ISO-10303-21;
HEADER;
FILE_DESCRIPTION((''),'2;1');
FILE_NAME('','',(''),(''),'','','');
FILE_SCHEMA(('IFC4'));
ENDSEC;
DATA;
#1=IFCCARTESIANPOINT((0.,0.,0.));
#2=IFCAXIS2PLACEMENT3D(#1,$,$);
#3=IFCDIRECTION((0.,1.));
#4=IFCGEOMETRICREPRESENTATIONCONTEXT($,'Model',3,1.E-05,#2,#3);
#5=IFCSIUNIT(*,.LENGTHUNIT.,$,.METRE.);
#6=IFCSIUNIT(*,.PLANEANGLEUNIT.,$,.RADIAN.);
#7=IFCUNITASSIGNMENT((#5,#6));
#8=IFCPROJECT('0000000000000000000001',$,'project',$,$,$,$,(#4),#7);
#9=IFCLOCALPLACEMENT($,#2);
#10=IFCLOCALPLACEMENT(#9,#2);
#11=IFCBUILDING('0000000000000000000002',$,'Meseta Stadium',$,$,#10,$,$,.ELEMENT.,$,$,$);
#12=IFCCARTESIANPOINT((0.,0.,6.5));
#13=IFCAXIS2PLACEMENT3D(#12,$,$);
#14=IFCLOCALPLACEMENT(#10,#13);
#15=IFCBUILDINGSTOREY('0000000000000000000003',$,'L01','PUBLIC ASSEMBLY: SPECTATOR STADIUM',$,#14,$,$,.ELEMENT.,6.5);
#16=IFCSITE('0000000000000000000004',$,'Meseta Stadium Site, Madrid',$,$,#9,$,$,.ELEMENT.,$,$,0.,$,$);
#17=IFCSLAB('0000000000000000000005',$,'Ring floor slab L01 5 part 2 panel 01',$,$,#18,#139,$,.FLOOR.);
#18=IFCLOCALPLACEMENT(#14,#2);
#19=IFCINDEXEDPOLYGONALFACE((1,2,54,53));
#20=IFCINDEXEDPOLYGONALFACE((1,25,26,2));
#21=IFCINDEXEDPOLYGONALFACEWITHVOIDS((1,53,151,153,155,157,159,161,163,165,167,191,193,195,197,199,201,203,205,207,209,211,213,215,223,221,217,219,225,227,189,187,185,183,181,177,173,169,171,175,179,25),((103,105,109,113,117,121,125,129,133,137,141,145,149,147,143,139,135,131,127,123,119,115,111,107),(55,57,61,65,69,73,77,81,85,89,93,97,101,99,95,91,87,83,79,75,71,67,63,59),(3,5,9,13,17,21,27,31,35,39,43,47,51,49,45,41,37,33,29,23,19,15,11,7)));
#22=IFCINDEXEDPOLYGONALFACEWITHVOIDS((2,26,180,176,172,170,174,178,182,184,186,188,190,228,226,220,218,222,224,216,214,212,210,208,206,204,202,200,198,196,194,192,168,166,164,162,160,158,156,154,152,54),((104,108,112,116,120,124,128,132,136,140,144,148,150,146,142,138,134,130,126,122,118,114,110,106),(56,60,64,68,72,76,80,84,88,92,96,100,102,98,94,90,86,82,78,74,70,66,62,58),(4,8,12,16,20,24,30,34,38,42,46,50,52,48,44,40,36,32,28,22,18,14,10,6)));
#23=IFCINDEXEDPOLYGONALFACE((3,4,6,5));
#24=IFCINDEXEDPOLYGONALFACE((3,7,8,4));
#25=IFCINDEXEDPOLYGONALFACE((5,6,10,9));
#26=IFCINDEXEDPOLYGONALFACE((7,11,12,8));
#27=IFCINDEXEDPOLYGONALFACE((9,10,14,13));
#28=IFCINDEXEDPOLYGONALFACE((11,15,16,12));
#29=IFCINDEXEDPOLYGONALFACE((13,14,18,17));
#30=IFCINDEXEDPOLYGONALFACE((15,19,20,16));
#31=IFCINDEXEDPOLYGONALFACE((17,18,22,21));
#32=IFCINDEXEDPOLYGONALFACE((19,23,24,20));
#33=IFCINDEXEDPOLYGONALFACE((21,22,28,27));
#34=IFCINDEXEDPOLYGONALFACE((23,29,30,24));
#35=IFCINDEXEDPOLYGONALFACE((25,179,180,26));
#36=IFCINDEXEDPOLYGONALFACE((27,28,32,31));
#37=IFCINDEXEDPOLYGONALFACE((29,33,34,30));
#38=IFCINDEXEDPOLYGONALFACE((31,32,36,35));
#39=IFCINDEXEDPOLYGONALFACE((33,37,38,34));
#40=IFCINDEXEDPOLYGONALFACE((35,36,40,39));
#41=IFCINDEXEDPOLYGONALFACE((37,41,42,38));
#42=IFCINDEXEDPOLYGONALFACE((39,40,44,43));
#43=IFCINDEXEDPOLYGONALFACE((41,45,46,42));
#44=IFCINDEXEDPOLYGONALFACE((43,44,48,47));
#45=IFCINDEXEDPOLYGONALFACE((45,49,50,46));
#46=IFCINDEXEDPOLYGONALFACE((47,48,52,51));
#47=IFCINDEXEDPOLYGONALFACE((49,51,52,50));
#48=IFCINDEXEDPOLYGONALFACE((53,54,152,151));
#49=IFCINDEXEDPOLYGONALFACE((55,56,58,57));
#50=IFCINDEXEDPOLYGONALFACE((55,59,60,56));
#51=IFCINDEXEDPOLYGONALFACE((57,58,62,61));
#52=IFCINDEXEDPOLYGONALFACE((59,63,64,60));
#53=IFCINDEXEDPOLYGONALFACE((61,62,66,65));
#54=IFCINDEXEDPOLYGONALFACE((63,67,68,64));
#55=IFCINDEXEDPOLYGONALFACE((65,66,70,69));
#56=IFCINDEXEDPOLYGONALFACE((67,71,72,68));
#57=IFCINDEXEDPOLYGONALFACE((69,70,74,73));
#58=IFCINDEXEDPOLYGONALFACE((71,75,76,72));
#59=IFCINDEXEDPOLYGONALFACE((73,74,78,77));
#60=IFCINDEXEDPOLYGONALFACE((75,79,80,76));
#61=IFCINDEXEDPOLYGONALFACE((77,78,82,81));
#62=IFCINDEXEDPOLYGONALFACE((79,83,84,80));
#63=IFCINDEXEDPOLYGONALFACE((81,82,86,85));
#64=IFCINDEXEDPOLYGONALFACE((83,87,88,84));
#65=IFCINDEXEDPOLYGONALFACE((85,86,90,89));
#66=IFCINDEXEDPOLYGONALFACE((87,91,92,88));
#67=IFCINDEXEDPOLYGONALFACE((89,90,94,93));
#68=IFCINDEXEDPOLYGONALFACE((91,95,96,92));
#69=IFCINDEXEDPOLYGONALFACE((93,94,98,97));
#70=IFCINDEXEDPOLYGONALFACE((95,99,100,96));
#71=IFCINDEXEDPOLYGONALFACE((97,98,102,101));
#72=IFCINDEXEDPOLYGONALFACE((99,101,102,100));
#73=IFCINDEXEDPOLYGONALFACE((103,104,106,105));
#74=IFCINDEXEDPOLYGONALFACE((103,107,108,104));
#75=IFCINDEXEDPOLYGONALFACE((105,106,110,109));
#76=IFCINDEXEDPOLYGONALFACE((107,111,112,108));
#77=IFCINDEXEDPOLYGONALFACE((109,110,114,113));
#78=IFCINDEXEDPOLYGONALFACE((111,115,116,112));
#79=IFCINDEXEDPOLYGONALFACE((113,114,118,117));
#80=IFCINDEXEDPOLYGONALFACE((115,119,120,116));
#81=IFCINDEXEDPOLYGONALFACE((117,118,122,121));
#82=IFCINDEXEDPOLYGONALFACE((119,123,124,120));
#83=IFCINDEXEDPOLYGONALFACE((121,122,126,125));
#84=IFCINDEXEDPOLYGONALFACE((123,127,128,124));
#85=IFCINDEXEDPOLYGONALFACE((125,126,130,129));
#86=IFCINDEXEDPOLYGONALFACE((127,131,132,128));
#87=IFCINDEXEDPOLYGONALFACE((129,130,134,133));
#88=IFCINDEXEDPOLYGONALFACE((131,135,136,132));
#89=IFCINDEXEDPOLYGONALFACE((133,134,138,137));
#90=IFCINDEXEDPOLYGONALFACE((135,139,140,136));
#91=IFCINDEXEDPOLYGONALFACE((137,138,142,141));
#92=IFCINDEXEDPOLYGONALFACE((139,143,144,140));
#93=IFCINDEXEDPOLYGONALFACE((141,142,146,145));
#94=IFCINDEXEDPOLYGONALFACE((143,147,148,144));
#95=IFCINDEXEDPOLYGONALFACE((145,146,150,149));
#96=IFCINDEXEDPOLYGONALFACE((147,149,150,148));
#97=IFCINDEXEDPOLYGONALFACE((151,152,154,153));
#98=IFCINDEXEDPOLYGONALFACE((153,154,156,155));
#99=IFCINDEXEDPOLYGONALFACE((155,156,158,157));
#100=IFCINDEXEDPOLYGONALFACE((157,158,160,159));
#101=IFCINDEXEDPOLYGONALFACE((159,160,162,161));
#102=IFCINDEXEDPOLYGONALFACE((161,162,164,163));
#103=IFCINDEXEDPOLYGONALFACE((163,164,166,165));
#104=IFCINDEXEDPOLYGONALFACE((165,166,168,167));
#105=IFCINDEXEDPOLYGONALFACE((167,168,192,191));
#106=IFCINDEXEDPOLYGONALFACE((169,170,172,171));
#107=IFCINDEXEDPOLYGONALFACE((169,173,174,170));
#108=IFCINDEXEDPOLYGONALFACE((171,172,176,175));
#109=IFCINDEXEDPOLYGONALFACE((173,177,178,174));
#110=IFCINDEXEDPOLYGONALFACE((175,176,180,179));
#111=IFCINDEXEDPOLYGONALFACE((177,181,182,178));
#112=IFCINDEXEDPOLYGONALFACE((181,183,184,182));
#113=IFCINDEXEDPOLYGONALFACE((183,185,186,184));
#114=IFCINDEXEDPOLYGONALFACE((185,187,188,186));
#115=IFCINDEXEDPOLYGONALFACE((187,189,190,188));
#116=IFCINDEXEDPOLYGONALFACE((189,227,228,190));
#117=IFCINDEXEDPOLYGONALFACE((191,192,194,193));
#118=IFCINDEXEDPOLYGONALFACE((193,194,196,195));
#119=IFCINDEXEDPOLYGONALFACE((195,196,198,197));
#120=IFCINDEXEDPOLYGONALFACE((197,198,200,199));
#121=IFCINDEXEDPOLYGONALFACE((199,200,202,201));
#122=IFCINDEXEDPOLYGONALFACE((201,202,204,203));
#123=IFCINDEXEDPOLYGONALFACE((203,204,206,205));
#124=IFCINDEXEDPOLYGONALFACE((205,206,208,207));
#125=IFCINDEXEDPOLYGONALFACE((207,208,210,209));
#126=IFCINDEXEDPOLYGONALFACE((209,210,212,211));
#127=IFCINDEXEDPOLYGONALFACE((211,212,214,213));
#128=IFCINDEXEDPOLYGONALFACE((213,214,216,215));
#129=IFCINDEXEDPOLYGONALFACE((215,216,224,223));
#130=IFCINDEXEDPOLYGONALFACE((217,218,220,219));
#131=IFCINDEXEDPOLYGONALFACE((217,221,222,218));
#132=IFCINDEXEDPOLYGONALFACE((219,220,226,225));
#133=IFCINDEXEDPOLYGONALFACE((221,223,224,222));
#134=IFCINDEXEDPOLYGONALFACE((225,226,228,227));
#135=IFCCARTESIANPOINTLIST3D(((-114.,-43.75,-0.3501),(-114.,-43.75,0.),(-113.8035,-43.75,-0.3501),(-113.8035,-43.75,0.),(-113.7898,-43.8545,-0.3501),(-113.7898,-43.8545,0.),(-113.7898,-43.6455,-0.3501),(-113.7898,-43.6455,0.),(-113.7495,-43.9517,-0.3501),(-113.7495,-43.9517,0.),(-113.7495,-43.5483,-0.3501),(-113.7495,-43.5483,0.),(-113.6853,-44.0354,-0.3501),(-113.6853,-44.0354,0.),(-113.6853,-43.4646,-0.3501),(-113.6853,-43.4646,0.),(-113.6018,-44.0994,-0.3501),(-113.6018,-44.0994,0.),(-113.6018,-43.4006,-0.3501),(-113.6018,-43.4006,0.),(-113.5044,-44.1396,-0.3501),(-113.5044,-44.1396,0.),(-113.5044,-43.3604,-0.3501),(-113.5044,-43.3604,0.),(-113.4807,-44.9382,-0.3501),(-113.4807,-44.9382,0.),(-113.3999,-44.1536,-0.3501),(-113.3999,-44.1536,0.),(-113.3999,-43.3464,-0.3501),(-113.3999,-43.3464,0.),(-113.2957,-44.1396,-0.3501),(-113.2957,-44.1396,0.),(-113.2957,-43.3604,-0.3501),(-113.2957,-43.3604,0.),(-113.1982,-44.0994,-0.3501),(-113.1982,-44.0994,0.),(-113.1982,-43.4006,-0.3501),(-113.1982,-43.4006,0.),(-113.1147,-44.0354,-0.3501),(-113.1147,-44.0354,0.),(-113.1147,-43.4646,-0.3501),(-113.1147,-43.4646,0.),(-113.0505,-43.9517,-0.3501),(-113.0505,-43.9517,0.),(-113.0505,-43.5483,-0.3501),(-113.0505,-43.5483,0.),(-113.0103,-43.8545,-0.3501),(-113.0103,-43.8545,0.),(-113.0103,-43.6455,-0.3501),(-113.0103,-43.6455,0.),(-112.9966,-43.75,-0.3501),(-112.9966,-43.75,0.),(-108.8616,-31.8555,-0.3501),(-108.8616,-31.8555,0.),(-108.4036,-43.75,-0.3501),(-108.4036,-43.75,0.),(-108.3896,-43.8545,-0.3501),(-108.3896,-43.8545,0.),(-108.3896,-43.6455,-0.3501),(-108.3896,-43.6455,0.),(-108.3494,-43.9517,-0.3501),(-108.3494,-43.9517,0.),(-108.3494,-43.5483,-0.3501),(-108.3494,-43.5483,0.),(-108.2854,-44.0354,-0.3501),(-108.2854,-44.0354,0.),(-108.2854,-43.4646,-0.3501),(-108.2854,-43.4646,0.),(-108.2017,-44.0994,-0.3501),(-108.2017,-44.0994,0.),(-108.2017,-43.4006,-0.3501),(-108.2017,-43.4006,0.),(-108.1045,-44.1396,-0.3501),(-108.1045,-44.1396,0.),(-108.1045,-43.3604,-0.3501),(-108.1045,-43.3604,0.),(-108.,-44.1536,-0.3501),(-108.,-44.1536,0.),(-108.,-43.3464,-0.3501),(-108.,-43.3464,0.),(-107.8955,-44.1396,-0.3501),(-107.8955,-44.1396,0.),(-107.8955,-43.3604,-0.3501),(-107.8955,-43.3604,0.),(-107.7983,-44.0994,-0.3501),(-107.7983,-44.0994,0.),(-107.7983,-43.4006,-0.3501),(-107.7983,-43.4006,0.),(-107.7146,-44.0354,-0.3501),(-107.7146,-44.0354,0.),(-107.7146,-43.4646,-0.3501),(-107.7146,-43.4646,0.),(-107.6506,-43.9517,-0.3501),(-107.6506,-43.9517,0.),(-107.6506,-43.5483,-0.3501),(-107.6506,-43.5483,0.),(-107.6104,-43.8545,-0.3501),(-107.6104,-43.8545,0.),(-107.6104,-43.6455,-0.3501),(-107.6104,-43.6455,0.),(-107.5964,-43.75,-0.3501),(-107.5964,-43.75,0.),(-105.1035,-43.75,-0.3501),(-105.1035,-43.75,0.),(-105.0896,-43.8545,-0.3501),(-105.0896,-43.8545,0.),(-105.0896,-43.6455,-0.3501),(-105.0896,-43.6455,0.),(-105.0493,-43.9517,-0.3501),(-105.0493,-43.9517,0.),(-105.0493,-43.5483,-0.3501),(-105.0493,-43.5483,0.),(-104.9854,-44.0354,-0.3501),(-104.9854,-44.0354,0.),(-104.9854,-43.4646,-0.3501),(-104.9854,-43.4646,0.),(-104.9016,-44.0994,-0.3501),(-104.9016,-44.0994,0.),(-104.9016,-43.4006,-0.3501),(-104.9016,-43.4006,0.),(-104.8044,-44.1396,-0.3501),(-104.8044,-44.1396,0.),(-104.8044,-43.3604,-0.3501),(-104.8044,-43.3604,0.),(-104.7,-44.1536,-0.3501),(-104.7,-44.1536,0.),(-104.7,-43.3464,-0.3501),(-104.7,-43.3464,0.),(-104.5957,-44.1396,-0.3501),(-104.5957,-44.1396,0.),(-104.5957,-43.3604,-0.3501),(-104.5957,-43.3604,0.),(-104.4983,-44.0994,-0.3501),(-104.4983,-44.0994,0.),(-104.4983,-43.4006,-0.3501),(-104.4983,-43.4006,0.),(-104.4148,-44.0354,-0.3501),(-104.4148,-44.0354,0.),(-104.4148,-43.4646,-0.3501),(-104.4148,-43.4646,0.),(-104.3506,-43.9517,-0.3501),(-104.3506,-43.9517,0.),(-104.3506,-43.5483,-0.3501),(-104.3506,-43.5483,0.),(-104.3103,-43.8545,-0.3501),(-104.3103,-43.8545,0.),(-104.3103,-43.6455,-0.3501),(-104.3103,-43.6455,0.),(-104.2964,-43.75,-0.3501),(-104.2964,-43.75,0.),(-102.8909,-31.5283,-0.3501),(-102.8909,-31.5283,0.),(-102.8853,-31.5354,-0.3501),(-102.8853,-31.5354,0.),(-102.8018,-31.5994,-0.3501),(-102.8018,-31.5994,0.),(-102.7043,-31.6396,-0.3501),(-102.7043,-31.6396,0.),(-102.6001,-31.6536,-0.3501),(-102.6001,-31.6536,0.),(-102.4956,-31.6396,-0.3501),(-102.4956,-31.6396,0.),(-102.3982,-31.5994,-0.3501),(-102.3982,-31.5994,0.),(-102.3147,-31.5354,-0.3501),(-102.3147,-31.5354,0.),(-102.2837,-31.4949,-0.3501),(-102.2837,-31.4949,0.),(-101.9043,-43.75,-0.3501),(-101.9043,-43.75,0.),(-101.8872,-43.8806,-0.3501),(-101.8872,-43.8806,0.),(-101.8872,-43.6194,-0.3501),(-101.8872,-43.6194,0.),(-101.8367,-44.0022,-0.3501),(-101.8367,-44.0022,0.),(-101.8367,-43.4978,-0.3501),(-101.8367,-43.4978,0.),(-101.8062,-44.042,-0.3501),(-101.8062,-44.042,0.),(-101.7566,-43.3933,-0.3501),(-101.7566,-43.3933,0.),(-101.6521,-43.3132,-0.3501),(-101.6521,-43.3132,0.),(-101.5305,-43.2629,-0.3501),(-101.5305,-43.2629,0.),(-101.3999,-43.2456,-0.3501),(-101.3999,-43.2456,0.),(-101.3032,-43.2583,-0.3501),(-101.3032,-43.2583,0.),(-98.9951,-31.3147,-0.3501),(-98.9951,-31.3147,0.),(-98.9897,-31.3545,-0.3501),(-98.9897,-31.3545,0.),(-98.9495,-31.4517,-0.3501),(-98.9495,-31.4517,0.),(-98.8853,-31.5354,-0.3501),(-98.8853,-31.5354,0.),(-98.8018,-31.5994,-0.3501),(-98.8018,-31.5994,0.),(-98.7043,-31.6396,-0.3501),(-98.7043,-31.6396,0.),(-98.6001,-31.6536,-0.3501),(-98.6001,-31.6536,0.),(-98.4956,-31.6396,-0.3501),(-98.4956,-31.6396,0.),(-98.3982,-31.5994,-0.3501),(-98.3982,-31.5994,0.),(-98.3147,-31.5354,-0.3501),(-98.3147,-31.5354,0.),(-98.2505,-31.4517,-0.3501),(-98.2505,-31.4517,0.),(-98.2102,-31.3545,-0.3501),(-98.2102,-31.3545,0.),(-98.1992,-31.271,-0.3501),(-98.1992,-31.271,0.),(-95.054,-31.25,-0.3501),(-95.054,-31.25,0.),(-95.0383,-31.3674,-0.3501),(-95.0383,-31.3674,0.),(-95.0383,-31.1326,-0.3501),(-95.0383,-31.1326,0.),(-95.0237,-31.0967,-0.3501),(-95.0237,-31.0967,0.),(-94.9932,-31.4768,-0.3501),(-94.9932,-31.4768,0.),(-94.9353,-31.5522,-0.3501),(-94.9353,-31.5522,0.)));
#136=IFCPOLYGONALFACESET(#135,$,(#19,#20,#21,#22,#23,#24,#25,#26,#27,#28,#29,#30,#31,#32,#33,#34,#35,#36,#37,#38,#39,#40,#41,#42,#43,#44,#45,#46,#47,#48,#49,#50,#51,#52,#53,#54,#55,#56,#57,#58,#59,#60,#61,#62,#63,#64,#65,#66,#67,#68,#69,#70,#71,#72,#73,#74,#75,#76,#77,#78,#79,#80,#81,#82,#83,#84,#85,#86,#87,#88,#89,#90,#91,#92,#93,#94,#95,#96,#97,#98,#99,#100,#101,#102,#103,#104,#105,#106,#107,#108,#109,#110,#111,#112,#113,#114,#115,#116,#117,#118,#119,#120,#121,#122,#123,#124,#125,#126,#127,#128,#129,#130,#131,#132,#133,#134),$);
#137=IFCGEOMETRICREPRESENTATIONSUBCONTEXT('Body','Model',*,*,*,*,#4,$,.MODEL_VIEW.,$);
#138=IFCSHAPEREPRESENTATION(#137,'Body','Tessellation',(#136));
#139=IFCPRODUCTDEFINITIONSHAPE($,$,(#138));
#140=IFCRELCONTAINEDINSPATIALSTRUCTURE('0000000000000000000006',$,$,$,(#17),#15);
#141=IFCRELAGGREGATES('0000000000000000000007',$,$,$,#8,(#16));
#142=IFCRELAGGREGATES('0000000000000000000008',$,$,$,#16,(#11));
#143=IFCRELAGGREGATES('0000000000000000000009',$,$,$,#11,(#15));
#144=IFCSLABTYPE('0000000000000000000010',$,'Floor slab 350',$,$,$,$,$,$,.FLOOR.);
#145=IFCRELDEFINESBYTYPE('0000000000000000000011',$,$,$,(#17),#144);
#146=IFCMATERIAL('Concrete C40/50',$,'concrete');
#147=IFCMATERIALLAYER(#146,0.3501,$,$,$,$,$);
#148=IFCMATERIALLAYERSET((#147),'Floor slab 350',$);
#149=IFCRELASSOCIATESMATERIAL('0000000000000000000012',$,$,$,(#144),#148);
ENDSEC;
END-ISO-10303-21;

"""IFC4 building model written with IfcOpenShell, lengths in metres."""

from ifc_helpers import new_model, si_unit, direction, frame, origin, place, context, subcontext, project, spatial, polyline, outline, extrude, material, layer, layer_set, type_object, element, save


model = new_model("IFC4")

# Units and contexts
model_context = context("Model", 3, precision=1e-05, world=origin(), true_north=direction((0.0, 1.0)))
body_context = subcontext(model_context, "Body", "Model", "MODEL_VIEW")
ifc_project = project(units=[si_unit("LENGTHUNIT", "METRE"), si_unit("PLANEANGLEUNIT", "RADIAN")], contexts=[model_context])

# Site, building, storey
site_placement = place(None, origin())
site = spatial("IfcSite", under=ifc_project, at=site_placement, Name="Meseta Stadium Site, Madrid", CompositionType="ELEMENT", RefElevation=0.0)
building_placement = place(site_placement, origin())
building = spatial("IfcBuilding", under=site, at=building_placement, Name="Meseta Stadium", CompositionType="ELEMENT")
storey_placement = place(building_placement, frame((0.0, 0.0, 6.5)))
storey = spatial("IfcBuildingStorey", under=building, at=storey_placement, Name="L01", Description="PUBLIC ASSEMBLY: SPECTATOR STADIUM", CompositionType="ELEMENT", Elevation=6.5)

# Slab
ifc_material_1 = material(Name="Concrete C40/50", Category="concrete")
ifc_layer_1 = layer(ifc_material_1, 0.3501)
ifc_layer_set_1 = layer_set([ifc_layer_1], Name="Floor slab 350")
slab_type_1 = type_object("IfcSlabType", Name="Floor slab 350", PredefinedType="FLOOR", material=ifc_layer_set_1)
slab_1_placement = place(storey_placement, frame((0.0, 0.0, -0.3501)))
element("IfcSlab", 1, at=slab_1_placement, inside=storey, type_object=slab_type_1, Name="Ring floor slab L01 5 part 2 panel 01", PredefinedType="FLOOR", context=body_context, shape_type="SweptSolid", body=[
    extrude(outline(polyline([(-102.8909, -31.5283), (-108.8616, -31.8555), (-114.0, -43.75), (-113.4807, -44.9382), (-101.8062, -44.042), (-101.8367, -44.0022), (-101.8872, -43.8806), (-101.9043, -43.75), (-101.8872, -43.6194), (-101.8367, -43.4978), (-101.7566, -43.3933), (-101.6521, -43.3132), (-101.5305, -43.2629), (-101.3999, -43.2456), (-101.3032, -43.2583), (-94.9353, -31.5522), (-94.9932, -31.4768), (-95.0383, -31.3674), (-95.054, -31.25), (-95.0383, -31.1326), (-95.0237, -31.0967), (-98.1992, -31.271), (-98.2102, -31.3545), (-98.2505, -31.4517), (-98.3147, -31.5354), (-98.3982, -31.5994), (-98.4956, -31.6396), (-98.6001, -31.6536), (-98.7043, -31.6396), (-98.8018, -31.5994), (-98.8853, -31.5354), (-98.9495, -31.4517), (-98.9897, -31.3545), (-98.9951, -31.3147), (-102.2837, -31.4949), (-102.3147, -31.5354), (-102.3982, -31.5994), (-102.4956, -31.6396), (-102.6001, -31.6536), (-102.7043, -31.6396), (-102.8018, -31.5994), (-102.8853, -31.5354), (-102.8909, -31.5283)]), holes=[polyline([(-104.4983, -44.0994), (-104.5957, -44.1396), (-104.7, -44.1536), (-104.8044, -44.1396), (-104.9016, -44.0994), (-104.9854, -44.0354), (-105.0493, -43.9517), (-105.0896, -43.8545), (-105.1035, -43.75), (-105.0896, -43.6455), (-105.0493, -43.5483), (-104.9854, -43.4646), (-104.9016, -43.4006), (-104.8044, -43.3604), (-104.7, -43.3464), (-104.5957, -43.3604), (-104.4983, -43.4006), (-104.4148, -43.4646), (-104.3506, -43.5483), (-104.3103, -43.6455), (-104.2964, -43.75), (-104.3103, -43.8545), (-104.3506, -43.9517), (-104.4148, -44.0354), (-104.4983, -44.0994)]), polyline([(-107.6506, -43.9517), (-107.7146, -44.0354), (-107.7983, -44.0994), (-107.8955, -44.1396), (-108.0, -44.1536), (-108.1045, -44.1396), (-108.2017, -44.0994), (-108.2854, -44.0354), (-108.3494, -43.9517), (-108.3896, -43.8545), (-108.4036, -43.75), (-108.3896, -43.6455), (-108.3494, -43.5483), (-108.2854, -43.4646), (-108.2017, -43.4006), (-108.1045, -43.3604), (-108.0, -43.3464), (-107.8955, -43.3604), (-107.7983, -43.4006), (-107.7146, -43.4646), (-107.6506, -43.5483), (-107.6104, -43.6455), (-107.5964, -43.75), (-107.6104, -43.8545), (-107.6506, -43.9517)]), polyline([(-113.6018, -44.0994), (-113.6853, -44.0354), (-113.7495, -43.9517), (-113.7898, -43.8545), (-113.8035, -43.75), (-113.7898, -43.6455), (-113.7495, -43.5483), (-113.6853, -43.4646), (-113.6018, -43.4006), (-113.5044, -43.3604), (-113.3999, -43.3464), (-113.2957, -43.3604), (-113.1982, -43.4006), (-113.1147, -43.4646), (-113.0505, -43.5483), (-113.0103, -43.6455), (-112.9966, -43.75), (-113.0103, -43.8545), (-113.0505, -43.9517), (-113.1147, -44.0354), (-113.1982, -44.0994), (-113.2957, -44.1396), (-113.3999, -44.1536), (-113.5044, -44.1396), (-113.6018, -44.0994)])]), origin(), (0.0, 0.0, 1.0), 0.3501),
])

save(model, "model.ifc")
